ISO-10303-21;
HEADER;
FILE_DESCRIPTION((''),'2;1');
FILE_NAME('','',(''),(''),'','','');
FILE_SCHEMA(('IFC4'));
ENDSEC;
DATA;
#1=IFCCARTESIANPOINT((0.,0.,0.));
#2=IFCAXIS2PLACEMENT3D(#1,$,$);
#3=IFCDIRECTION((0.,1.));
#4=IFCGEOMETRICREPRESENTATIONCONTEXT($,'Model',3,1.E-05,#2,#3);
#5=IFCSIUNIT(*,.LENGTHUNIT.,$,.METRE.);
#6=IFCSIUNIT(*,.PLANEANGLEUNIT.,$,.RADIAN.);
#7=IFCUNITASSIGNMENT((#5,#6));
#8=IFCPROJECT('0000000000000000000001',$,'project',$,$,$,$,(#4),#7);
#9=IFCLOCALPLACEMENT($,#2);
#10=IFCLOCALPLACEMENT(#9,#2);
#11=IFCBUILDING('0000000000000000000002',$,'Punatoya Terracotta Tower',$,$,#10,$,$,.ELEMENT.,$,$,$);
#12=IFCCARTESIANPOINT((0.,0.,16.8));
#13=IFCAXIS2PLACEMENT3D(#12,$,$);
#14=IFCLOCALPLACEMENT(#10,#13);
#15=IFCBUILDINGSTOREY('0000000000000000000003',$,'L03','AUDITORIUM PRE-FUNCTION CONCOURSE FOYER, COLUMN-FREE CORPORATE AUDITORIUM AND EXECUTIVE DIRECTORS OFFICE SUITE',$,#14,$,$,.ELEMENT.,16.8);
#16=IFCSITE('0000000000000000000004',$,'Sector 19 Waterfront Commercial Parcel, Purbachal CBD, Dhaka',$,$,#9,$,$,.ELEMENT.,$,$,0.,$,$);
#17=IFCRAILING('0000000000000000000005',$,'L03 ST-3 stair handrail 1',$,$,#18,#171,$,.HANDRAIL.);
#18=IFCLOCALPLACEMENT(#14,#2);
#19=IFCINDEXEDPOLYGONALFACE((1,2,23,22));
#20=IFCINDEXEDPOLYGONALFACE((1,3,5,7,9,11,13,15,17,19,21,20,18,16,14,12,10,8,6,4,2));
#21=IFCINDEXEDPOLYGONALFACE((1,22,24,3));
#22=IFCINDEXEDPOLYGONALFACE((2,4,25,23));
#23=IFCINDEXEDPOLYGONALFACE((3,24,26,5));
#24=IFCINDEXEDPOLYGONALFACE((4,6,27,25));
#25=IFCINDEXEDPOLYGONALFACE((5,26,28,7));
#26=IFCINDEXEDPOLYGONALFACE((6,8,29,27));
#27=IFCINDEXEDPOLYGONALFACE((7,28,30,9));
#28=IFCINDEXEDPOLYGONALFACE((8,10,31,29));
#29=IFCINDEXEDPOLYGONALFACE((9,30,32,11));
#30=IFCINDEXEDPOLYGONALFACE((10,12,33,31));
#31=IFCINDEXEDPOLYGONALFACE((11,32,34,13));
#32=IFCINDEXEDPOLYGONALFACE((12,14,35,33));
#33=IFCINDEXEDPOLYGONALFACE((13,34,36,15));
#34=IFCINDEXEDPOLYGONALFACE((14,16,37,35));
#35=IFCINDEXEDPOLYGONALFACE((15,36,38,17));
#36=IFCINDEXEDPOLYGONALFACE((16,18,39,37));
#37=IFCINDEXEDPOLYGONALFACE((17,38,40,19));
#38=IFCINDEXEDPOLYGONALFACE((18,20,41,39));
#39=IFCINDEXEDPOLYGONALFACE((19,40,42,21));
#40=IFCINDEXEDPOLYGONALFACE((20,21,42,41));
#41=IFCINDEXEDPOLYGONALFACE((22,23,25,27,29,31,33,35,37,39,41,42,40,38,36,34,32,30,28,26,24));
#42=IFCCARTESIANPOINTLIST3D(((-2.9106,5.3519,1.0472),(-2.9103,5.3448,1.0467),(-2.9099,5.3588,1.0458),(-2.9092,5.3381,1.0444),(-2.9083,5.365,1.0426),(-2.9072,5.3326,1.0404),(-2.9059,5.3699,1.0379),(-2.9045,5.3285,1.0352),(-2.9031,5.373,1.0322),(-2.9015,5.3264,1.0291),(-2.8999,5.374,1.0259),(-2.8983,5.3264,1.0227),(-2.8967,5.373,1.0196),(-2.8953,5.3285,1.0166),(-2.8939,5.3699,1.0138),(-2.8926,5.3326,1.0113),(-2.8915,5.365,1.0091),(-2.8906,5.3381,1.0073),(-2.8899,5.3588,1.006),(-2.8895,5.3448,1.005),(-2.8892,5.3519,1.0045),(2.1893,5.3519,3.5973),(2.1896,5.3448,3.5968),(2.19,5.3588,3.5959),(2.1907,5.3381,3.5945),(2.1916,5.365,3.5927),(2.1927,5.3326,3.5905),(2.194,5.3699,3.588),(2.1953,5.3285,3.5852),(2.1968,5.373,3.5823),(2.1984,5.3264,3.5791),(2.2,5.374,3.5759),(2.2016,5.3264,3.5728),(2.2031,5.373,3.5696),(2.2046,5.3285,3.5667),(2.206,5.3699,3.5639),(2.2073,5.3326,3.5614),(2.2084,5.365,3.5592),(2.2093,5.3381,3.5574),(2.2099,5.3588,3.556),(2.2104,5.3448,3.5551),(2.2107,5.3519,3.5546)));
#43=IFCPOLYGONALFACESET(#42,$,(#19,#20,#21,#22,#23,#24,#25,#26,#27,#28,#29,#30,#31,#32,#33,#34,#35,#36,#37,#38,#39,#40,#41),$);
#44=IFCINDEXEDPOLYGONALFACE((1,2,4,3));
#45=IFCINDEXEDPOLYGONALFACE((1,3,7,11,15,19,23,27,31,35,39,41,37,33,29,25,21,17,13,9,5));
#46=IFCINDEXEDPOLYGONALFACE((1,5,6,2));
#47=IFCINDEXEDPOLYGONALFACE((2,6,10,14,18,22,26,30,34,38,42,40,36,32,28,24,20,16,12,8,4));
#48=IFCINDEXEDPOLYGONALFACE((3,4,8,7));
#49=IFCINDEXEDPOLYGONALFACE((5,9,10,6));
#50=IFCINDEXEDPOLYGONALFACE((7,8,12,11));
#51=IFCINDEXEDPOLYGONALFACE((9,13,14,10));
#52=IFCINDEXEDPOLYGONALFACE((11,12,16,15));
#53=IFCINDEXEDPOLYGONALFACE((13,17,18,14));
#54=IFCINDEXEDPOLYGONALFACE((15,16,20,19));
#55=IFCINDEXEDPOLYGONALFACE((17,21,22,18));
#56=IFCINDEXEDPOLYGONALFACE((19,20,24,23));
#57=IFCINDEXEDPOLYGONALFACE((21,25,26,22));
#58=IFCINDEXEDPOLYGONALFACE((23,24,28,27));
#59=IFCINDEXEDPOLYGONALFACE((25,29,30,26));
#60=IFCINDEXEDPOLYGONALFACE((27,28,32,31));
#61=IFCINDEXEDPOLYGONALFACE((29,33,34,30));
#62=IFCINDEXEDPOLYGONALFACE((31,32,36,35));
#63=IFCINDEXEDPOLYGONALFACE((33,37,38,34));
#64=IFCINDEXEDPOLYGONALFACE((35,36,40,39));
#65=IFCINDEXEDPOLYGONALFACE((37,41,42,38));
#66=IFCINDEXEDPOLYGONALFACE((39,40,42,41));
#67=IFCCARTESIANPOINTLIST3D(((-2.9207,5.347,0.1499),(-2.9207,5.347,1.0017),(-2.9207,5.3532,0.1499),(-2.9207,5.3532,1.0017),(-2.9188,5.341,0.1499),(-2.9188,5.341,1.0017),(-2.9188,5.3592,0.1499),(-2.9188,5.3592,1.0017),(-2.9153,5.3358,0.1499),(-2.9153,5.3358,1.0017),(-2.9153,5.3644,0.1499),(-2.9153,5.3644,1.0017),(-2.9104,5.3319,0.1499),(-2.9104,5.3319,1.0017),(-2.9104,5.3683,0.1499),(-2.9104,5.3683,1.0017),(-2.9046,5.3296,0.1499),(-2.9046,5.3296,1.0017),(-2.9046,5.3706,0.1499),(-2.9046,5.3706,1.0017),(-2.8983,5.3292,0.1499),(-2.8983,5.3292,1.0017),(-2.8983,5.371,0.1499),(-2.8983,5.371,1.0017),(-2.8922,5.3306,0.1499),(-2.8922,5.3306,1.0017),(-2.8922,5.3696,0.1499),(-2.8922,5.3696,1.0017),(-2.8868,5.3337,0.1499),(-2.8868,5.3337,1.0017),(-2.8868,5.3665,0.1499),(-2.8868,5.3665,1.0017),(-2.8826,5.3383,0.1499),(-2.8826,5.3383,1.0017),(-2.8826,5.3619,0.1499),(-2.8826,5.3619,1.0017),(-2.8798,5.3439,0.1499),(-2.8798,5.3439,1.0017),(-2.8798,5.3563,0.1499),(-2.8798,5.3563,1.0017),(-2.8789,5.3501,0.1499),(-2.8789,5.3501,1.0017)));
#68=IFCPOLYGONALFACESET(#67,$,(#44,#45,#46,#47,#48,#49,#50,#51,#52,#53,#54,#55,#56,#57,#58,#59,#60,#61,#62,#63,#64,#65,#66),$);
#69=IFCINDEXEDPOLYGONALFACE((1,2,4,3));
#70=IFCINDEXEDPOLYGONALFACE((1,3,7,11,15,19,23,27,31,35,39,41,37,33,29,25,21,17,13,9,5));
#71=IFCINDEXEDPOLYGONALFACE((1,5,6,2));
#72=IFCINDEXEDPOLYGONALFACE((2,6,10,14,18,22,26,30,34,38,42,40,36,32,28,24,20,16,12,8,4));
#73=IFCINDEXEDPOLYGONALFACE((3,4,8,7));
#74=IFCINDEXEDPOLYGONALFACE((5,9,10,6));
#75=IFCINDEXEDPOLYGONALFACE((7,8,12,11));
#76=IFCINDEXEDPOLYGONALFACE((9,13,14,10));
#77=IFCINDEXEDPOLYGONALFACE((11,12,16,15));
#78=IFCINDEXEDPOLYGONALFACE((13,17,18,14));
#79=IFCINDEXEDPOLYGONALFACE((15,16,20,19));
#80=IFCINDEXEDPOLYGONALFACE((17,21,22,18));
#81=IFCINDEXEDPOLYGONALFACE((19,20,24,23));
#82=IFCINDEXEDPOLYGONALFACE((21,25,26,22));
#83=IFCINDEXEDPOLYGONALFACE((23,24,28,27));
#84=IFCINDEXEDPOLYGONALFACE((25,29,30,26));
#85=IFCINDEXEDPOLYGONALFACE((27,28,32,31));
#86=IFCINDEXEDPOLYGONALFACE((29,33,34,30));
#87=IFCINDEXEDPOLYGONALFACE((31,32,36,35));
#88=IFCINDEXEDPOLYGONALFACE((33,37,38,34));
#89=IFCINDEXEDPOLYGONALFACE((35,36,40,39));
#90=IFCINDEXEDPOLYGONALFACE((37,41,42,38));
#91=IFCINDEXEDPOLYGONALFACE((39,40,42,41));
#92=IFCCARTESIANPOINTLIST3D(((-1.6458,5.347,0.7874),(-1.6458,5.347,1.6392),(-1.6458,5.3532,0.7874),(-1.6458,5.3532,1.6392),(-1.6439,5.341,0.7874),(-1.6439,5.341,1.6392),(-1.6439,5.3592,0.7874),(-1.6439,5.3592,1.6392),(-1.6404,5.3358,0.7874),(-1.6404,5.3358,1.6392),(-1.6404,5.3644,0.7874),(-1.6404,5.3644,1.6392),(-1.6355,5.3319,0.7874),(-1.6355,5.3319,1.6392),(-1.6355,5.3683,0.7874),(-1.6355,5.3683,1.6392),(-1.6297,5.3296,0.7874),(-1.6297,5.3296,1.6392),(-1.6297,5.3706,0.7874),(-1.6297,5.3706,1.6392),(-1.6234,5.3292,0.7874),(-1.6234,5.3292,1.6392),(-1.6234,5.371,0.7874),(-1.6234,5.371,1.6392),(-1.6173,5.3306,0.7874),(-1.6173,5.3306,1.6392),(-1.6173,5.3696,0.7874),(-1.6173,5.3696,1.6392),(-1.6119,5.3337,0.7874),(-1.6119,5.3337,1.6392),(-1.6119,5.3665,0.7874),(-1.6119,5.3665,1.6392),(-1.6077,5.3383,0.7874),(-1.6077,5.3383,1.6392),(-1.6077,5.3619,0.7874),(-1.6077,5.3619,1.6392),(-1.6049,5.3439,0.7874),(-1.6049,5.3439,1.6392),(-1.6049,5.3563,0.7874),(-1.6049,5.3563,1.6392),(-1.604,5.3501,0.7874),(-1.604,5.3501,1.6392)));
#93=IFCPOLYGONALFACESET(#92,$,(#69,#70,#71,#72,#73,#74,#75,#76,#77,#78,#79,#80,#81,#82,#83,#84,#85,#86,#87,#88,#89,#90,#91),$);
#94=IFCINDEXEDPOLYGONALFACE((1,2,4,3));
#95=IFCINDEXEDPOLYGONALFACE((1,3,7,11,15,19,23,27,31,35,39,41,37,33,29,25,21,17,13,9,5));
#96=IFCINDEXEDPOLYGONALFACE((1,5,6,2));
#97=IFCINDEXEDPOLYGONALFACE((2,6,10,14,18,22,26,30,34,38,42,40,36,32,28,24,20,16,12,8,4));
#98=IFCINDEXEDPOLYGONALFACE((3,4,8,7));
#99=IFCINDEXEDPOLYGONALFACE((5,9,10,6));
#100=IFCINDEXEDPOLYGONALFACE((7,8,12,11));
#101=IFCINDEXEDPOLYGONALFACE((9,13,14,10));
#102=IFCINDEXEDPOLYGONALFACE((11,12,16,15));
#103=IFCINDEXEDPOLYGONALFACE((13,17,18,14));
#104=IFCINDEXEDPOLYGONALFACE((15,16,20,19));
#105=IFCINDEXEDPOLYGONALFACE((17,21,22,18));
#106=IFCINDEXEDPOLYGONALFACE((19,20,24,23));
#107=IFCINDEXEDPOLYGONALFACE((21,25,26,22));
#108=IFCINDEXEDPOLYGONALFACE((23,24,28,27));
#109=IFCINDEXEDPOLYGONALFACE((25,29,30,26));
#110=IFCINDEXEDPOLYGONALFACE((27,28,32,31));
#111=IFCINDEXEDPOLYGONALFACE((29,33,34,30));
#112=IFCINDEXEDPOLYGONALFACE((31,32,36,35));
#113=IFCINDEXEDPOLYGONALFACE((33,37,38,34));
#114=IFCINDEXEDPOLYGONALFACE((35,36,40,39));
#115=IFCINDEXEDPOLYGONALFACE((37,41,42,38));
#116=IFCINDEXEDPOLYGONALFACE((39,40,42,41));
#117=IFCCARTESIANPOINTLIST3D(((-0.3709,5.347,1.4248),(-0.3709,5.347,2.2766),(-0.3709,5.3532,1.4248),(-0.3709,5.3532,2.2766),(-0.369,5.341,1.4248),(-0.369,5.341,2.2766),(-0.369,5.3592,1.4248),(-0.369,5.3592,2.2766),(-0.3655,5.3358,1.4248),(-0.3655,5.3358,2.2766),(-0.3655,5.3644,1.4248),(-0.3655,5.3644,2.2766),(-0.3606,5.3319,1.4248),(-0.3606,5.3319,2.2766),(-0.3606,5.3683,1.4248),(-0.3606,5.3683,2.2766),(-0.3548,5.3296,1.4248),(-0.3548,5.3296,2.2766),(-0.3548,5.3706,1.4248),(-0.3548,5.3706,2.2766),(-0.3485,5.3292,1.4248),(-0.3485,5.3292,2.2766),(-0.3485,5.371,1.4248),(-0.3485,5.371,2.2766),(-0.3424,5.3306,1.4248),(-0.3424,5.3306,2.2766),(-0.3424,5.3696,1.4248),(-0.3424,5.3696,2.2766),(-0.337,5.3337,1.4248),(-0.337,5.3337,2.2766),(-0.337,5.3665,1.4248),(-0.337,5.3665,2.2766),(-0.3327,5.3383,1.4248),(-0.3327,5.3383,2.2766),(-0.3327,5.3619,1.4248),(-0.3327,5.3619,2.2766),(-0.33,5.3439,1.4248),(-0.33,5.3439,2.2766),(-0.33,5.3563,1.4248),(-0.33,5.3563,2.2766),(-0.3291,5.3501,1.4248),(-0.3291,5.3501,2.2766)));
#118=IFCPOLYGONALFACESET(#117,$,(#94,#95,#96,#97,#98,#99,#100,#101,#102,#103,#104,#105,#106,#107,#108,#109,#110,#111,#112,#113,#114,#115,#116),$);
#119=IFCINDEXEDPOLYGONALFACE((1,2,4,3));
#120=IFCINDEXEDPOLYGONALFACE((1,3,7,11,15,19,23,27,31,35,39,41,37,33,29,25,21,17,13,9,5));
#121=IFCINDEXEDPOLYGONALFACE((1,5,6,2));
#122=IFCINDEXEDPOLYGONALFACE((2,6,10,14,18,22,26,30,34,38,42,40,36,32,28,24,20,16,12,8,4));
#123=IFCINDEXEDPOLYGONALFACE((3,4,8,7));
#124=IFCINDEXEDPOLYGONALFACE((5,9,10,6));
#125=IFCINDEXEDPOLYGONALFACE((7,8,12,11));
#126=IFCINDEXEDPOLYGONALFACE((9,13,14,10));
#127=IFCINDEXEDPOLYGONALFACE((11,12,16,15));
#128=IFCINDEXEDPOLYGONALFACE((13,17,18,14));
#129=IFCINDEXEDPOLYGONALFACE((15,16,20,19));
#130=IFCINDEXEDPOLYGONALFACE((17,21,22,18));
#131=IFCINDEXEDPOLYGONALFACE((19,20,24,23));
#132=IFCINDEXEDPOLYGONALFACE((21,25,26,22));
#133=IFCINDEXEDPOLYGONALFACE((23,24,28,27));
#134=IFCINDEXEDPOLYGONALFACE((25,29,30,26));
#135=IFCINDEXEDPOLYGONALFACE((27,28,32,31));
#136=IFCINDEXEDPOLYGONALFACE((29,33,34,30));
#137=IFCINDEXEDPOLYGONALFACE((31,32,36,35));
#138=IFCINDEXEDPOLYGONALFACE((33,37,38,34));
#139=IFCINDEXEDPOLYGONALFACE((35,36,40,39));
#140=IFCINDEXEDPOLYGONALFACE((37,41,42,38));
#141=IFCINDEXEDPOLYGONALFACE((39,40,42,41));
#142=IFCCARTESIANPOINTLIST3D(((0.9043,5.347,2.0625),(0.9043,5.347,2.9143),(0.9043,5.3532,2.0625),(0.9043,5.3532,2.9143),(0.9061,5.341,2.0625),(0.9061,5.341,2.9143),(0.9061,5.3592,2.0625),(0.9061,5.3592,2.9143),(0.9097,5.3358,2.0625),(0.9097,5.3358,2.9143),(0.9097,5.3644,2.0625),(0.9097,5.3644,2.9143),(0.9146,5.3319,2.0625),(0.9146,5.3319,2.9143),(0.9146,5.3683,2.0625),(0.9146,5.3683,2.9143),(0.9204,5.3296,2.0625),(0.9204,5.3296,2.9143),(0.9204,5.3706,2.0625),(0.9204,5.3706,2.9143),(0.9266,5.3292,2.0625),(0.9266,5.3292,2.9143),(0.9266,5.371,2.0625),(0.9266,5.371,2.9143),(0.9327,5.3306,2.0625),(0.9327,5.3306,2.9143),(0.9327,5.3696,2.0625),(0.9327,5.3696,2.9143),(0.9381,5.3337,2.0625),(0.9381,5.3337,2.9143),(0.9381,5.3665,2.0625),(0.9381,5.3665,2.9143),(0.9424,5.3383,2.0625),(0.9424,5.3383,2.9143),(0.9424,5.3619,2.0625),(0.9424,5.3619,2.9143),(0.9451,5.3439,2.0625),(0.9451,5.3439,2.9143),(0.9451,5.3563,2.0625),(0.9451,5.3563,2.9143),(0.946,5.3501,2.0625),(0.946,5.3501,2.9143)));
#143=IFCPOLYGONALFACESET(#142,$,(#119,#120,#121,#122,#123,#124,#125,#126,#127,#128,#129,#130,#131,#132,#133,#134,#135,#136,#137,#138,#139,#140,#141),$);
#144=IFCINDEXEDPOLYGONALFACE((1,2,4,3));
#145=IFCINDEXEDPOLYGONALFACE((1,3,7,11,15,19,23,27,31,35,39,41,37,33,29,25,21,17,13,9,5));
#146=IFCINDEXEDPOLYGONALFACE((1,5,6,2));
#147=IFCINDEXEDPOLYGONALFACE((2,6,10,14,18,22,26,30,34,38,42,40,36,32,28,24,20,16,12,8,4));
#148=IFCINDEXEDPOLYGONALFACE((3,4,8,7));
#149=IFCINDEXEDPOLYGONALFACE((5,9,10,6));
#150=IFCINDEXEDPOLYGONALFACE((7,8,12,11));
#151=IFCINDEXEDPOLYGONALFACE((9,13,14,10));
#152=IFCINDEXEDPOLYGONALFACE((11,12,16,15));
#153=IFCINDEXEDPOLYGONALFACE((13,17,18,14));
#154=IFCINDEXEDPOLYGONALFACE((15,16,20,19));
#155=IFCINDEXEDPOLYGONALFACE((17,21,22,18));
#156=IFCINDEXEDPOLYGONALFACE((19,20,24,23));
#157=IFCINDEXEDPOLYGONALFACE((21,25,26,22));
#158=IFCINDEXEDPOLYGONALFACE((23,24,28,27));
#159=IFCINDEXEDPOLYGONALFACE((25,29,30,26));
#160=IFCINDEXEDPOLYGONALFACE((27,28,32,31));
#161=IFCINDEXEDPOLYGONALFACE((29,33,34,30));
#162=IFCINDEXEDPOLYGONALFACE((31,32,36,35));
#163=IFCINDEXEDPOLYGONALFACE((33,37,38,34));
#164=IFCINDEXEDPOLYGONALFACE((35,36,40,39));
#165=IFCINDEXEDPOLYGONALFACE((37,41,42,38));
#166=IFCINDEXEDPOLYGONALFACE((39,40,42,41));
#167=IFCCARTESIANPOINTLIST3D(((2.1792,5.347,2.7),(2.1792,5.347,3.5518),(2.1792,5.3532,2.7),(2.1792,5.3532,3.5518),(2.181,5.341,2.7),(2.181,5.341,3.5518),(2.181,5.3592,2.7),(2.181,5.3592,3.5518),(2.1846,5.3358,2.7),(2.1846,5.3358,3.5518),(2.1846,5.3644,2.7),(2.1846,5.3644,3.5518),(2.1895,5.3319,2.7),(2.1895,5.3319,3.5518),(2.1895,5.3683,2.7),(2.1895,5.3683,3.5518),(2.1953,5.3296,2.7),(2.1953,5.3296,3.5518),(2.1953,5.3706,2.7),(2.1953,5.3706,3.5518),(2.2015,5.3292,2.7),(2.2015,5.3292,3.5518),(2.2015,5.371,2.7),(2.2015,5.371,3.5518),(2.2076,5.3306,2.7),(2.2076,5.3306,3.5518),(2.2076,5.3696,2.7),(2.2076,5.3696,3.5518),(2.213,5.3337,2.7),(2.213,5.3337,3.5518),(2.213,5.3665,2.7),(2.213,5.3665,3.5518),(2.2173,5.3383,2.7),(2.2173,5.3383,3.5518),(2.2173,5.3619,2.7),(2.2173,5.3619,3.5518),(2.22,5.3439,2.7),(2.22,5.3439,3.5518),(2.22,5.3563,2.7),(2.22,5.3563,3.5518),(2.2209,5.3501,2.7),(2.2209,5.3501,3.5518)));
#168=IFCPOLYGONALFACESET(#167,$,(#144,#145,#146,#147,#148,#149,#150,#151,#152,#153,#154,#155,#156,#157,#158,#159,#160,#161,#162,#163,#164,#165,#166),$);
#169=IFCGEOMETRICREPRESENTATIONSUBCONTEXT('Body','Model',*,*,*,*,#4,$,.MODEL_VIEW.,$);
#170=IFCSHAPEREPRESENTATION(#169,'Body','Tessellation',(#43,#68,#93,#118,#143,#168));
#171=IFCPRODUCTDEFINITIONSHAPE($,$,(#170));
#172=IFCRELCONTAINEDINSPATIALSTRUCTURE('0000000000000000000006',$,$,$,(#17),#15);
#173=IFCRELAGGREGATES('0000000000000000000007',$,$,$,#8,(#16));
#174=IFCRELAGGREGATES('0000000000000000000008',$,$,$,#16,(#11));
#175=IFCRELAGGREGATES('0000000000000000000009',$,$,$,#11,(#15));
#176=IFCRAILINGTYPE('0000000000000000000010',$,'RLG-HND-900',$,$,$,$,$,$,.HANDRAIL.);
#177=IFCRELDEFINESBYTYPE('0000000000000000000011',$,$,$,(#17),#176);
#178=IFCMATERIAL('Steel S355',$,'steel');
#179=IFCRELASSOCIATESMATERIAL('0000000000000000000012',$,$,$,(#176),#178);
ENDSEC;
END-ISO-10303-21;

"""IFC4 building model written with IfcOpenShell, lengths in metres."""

from ifc_helpers import new_model, si_unit, direction, frame, origin, origin_2d, place, context, subcontext, project, spatial, circle, extrude, material, type_object, element, save


model = new_model("IFC4")

# Units and contexts
model_context = context("Model", 3, precision=1e-05, world=origin(), true_north=direction((0.0, 1.0)))
body_context = subcontext(model_context, "Body", "Model", "MODEL_VIEW")
ifc_project = project(units=[si_unit("LENGTHUNIT", "METRE"), si_unit("PLANEANGLEUNIT", "RADIAN")], contexts=[model_context])

# Site, building, storey
site_placement = place(None, origin())
site = spatial("IfcSite", under=ifc_project, at=site_placement, Name="Sector 19 Waterfront Commercial Parcel, Purbachal CBD, Dhaka", CompositionType="ELEMENT", RefElevation=0.0)
building_placement = place(site_placement, origin())
building = spatial("IfcBuilding", under=site, at=building_placement, Name="Punatoya Terracotta Tower", CompositionType="ELEMENT")
storey_placement = place(building_placement, frame((0.0, 0.0, 16.8)))
storey = spatial("IfcBuildingStorey", under=building, at=storey_placement, Name="L03", Description="AUDITORIUM PRE-FUNCTION CONCOURSE FOYER, COLUMN-FREE CORPORATE AUDITORIUM AND EXECUTIVE DIRECTORS OFFICE SUITE", CompositionType="ELEMENT", Elevation=16.8)

# Shared definitions
ifc_material_1 = material(Name="Steel S355", Category="steel")

# Railing
railing_type_1 = type_object("IfcRailingType", Name="RLG-HND-900", PredefinedType="HANDRAIL", material=ifc_material_1)
railing_1_placement = place(storey_placement, frame((-2.8999, 5.3501, 0.1499)))
element("IfcRailing", 1, at=railing_1_placement, inside=storey, type_object=railing_type_1, Name="L03 ST-3 stair handrail 1", PredefinedType="HANDRAIL", context=body_context, shape_type="SweptSolid", body=[
    extrude(circle(Radius=0.0239, at=origin_2d()), frame((0.0, 0.0, 0.876), z_axis=(0.894419, 0.0, 0.447231), x_axis=(0.0, 1.0, 0.0)), (0.0, 0.0, 1.0), 5.7019),
    extrude(circle(Radius=0.021, at=origin_2d()), origin(), (0.0, 0.0, 1.0), 0.8518),
    extrude(circle(Radius=0.021, at=origin_2d()), frame((1.2749, 0.0, 0.6375)), (0.0, 0.0, 1.0), 0.8518),
    extrude(circle(Radius=0.021, at=origin_2d()), frame((2.5498, 0.0, 1.2749)), (0.0, 0.0, 1.0), 0.8518),
    extrude(circle(Radius=0.021, at=origin_2d()), frame((3.825, 0.0, 1.9126)), (0.0, 0.0, 1.0), 0.8518),
    extrude(circle(Radius=0.021, at=origin_2d()), frame((5.0999, 0.0, 2.55)), (0.0, 0.0, 1.0), 0.8518),
])

save(model, "model.ifc")
